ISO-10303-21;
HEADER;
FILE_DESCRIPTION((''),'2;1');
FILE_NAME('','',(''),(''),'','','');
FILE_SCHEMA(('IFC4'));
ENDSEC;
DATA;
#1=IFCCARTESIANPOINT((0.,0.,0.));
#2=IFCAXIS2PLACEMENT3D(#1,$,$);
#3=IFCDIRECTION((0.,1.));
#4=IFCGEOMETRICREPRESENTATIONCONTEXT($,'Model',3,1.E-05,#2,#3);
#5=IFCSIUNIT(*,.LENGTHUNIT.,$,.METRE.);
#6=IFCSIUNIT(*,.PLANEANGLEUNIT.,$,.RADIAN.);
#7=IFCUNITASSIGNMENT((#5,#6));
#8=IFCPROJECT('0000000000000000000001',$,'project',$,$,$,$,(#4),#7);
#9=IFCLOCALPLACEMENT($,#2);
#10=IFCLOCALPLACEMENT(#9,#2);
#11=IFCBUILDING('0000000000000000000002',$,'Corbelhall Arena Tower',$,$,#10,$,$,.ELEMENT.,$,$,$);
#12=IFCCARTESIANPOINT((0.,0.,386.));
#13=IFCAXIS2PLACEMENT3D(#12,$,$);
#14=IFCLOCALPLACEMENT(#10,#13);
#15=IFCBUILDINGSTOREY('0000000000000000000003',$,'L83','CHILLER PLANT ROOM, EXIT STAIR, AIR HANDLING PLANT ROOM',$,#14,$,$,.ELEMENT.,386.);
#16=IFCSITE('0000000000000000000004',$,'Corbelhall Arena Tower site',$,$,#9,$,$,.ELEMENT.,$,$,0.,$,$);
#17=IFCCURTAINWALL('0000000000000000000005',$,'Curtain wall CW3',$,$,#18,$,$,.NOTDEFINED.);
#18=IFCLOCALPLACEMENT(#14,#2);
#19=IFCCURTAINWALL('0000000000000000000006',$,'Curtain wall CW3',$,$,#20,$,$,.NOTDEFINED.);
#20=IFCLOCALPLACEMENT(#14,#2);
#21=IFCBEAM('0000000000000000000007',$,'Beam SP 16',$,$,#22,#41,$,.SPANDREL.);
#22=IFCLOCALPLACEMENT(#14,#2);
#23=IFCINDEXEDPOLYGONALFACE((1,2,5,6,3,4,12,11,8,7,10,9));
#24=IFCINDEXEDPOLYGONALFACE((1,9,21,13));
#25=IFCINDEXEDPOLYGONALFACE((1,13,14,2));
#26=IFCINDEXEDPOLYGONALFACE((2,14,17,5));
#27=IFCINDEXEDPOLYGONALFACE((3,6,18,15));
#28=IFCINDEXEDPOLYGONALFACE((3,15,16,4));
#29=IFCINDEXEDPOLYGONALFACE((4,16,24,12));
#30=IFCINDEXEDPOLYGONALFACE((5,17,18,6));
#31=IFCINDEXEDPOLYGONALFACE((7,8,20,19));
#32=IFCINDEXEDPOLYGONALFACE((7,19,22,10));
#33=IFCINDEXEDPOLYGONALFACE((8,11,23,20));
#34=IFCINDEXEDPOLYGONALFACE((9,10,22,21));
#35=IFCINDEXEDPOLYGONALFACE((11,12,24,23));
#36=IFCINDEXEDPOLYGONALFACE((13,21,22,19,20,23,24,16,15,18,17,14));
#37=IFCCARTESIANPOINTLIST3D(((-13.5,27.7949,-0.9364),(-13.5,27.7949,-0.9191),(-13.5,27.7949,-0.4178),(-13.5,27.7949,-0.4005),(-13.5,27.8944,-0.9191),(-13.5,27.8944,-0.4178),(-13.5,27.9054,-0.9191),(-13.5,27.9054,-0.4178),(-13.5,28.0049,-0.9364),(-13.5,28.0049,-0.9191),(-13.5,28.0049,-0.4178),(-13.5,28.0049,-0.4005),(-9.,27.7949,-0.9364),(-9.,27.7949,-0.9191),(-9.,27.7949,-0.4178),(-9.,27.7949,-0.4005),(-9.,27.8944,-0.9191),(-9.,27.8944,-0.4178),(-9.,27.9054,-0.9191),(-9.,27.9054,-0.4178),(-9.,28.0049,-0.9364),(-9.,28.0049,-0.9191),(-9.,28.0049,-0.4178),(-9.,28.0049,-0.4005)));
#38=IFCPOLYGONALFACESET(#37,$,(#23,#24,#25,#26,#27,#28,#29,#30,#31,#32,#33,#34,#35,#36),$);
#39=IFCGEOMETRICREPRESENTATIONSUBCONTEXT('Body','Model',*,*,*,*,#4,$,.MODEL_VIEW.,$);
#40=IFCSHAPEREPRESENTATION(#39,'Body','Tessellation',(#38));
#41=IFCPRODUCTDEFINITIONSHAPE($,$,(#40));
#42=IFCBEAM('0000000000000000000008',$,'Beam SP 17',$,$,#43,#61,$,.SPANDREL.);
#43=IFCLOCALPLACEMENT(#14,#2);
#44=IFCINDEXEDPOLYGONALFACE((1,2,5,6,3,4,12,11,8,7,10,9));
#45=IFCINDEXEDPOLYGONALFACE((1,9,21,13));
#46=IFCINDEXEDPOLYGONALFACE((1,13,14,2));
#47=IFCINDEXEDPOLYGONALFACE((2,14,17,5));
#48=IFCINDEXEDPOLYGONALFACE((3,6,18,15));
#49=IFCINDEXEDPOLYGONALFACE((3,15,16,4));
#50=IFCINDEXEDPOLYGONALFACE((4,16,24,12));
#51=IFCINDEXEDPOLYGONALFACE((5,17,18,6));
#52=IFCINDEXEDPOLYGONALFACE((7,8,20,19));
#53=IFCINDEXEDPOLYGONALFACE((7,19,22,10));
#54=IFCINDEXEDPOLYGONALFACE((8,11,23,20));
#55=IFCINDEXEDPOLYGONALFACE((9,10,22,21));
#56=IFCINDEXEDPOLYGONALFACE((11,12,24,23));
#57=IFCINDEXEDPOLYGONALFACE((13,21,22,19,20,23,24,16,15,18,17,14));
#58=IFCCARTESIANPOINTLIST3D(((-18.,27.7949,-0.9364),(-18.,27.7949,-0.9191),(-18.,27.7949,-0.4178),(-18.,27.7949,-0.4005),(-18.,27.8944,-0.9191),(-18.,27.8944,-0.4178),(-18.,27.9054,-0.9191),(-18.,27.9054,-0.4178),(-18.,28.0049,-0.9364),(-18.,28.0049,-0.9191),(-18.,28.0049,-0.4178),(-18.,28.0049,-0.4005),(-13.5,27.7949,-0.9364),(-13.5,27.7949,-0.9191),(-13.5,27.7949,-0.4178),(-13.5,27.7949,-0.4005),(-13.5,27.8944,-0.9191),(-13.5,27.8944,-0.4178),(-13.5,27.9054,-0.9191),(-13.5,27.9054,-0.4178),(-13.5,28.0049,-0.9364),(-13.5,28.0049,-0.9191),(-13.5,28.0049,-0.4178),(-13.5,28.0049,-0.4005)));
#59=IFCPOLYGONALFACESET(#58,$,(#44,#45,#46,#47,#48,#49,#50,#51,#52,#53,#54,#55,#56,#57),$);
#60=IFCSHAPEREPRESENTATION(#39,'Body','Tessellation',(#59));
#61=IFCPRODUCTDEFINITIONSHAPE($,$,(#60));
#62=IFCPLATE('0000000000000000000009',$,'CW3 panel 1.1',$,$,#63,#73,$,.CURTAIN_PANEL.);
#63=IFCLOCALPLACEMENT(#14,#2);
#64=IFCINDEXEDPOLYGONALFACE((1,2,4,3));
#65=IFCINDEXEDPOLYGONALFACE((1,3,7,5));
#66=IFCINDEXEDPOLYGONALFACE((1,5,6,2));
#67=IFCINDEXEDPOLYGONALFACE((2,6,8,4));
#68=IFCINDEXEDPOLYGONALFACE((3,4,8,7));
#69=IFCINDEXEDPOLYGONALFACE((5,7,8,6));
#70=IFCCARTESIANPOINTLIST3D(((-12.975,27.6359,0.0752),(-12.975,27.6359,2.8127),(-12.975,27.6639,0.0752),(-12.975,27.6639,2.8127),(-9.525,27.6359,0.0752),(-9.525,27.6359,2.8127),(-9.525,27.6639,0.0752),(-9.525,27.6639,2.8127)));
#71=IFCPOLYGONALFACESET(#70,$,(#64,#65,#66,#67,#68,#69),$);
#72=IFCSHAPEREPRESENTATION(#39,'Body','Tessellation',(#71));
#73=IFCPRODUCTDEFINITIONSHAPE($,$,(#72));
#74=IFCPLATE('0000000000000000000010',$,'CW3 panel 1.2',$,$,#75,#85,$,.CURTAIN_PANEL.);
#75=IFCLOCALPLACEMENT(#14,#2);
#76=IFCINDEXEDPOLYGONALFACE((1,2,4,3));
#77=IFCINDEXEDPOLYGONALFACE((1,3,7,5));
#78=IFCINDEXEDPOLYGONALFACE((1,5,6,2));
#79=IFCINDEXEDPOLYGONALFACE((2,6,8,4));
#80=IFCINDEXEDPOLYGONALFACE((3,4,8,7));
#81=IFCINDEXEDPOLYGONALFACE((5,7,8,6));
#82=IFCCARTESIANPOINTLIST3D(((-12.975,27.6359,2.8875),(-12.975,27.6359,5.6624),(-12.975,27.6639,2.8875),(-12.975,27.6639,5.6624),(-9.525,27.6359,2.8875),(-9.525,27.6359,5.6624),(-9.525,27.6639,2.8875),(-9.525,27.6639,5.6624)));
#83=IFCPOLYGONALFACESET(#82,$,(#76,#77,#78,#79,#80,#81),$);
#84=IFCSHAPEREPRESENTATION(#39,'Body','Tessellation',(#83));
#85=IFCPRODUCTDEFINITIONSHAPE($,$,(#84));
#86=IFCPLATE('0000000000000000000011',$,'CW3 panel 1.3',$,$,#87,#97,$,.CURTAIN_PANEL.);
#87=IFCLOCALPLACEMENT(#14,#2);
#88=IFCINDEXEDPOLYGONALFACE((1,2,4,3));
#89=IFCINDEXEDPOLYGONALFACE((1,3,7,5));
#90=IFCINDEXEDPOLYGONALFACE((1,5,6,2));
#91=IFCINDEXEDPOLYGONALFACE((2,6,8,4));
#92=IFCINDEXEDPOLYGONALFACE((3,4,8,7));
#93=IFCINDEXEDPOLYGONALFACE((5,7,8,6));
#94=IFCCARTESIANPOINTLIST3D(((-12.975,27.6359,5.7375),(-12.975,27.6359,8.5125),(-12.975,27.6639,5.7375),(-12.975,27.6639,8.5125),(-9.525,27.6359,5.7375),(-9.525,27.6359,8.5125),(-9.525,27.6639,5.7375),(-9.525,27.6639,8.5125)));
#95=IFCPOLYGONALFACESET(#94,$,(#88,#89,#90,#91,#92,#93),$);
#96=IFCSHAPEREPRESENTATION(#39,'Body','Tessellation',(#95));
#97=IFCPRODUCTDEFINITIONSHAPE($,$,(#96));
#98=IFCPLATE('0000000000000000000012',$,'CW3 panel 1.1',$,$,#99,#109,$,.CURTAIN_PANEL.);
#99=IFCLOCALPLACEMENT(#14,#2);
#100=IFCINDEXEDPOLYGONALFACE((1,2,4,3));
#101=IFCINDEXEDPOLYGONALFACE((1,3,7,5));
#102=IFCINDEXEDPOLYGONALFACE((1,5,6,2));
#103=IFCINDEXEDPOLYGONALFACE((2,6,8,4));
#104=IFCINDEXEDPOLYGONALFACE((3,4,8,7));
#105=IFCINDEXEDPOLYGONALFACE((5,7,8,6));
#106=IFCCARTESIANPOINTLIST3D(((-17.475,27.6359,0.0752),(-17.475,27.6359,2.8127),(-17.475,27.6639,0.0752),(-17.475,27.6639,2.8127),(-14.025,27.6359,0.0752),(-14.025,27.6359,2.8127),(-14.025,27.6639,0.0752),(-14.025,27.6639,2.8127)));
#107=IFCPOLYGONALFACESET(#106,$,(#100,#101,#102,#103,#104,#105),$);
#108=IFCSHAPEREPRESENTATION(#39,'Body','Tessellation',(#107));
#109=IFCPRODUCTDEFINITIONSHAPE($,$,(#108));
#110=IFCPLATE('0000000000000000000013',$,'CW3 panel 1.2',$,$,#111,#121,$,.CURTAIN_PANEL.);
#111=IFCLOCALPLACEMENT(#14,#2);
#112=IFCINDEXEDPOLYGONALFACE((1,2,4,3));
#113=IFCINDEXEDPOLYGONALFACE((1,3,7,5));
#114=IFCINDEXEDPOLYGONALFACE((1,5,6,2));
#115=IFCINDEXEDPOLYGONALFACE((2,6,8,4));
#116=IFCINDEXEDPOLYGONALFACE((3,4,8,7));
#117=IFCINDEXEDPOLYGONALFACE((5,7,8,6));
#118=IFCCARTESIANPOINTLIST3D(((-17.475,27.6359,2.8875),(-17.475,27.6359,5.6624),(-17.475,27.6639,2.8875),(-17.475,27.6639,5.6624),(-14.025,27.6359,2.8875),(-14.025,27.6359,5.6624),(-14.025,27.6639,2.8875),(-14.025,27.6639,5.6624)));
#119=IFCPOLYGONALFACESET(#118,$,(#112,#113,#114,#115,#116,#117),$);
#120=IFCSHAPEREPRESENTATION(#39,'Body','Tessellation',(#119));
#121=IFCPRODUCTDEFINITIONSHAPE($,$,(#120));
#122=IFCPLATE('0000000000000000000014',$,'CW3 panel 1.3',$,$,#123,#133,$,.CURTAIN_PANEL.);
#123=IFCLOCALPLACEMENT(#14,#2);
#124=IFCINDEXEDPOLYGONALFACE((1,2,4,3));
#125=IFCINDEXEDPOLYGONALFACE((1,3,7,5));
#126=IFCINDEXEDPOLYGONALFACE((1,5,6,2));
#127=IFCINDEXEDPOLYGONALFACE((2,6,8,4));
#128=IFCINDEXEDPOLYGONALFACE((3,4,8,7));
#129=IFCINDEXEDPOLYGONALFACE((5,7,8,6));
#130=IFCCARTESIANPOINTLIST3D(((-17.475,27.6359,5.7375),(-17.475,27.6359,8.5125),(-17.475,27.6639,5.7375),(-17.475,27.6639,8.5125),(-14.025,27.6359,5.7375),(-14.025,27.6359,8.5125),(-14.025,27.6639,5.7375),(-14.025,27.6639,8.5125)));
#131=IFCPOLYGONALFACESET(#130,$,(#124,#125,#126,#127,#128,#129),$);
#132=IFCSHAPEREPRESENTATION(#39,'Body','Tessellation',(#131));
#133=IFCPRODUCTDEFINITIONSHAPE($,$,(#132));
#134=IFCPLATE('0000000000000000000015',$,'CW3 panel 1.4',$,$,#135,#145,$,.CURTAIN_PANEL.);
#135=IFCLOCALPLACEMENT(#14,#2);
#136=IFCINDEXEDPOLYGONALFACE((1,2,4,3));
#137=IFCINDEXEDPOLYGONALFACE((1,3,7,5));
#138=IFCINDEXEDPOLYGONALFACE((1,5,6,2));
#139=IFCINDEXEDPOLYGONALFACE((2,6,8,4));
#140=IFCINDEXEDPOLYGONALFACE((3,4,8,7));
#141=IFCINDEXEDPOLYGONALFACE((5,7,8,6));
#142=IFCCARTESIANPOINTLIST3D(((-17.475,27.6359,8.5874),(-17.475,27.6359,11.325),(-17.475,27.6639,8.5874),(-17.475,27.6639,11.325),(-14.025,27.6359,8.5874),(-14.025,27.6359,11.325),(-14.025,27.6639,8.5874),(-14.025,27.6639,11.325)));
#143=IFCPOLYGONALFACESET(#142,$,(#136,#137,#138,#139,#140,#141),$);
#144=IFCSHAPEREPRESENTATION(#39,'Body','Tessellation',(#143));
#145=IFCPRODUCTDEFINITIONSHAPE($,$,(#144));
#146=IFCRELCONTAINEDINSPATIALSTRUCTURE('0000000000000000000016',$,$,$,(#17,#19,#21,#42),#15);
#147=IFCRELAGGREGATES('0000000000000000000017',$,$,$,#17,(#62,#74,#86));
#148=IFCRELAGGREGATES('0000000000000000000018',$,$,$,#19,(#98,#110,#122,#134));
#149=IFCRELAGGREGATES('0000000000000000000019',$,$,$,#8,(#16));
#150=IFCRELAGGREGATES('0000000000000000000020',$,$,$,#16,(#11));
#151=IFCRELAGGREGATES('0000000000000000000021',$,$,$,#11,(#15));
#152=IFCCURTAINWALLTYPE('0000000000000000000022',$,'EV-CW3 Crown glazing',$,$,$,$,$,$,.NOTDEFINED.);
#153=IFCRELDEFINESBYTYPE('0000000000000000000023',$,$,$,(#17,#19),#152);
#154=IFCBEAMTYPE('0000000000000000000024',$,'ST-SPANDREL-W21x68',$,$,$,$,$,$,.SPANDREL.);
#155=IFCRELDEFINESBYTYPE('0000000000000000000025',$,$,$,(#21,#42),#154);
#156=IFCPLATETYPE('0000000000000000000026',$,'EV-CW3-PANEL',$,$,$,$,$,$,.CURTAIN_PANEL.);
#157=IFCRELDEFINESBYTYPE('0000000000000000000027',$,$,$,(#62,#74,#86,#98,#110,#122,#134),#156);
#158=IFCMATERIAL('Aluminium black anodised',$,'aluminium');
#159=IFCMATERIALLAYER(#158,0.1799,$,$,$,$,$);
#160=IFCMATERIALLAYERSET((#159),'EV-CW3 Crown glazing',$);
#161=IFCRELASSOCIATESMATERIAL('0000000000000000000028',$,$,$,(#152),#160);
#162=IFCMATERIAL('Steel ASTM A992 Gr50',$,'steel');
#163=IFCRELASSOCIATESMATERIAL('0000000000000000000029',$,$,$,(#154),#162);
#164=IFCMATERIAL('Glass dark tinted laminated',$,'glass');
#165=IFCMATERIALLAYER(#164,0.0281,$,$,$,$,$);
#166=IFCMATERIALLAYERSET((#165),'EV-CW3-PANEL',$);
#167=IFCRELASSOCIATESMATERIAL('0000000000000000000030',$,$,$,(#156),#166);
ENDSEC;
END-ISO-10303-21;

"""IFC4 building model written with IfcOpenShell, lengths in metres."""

from ifc_helpers import new_model, si_unit, direction, frame, origin, origin_2d, place, context, subcontext, project, spatial, rectangle, i_section, extrude, material, layer, layer_set, material_profile, profile_set, type_object, element, aggregate, save


model = new_model("IFC4")

# Units and contexts
model_context = context("Model", 3, precision=1e-05, world=origin(), true_north=direction((0.0, 1.0)))
body_context = subcontext(model_context, "Body", "Model", "MODEL_VIEW")
ifc_project = project(units=[si_unit("LENGTHUNIT", "METRE"), si_unit("PLANEANGLEUNIT", "RADIAN")], contexts=[model_context])

# Site, building, storey
site_placement = place(None, origin())
site = spatial("IfcSite", under=ifc_project, at=site_placement, Name="Corbelhall Arena Tower site", CompositionType="ELEMENT", RefElevation=0.0)
building_placement = place(site_placement, origin())
building = spatial("IfcBuilding", under=site, at=building_placement, Name="Corbelhall Arena Tower", CompositionType="ELEMENT")
storey_placement = place(building_placement, frame((0.0, 0.0, 386.0)))
storey = spatial("IfcBuildingStorey", under=building, at=storey_placement, Name="L83", Description="CHILLER PLANT ROOM, EXIT STAIR, AIR HANDLING PLANT ROOM", CompositionType="ELEMENT", Elevation=386.0)

# Curtain wall
ifc_material_1 = material(Name="Aluminium black anodised", Category="aluminium")
ifc_layer_1 = layer(ifc_material_1, 0.1799)
ifc_layer_set_1 = layer_set([ifc_layer_1], Name="EV-CW3 Crown glazing")
curtain_wall_type = type_object("IfcCurtainWallType", Name="EV-CW3 Crown glazing", PredefinedType="NOTDEFINED", material=ifc_layer_set_1)
curtain_wall_1_placement = place(storey_placement, origin())
curtain_wall_1 = element("IfcCurtainWall", 1, at=curtain_wall_1_placement, inside=storey, type_object=curtain_wall_type, Name="Curtain wall CW3", PredefinedType="NOTDEFINED")

# Curtain wall
curtain_wall_2_placement = place(storey_placement, origin())
curtain_wall_2 = element("IfcCurtainWall", 2, at=curtain_wall_2_placement, inside=storey, type_object=curtain_wall_type, Name="Curtain wall CW3", PredefinedType="NOTDEFINED")

# Beams
ifc_material_2 = material(Name="Steel ASTM A992 Gr50", Category="steel")
ifc_material_profile_1 = material_profile(ifc_material_2, i_section(OverallWidth=0.21, OverallDepth=0.5359, WebThickness=0.011, FlangeThickness=0.0173, at=origin_2d()))
ifc_profile_set_1 = profile_set([ifc_material_profile_1], Name="Steel ASTM A992 Gr50")
beam_type = type_object("IfcBeamType", Name="ST-SPANDREL-W21x68", PredefinedType="SPANDREL", material=ifc_profile_set_1)
for number, where, z_axis, x_axis, name in (
    (3, (-13.5, 27.8999, -0.6685), (1.0, 0.0, 0.0), (0.0, 1.0, 0.0), "Beam SP 16"),
    (4, (-18.0, 27.8999, -0.6685), (1.0, 0.0, 0.0), (0.0, 1.0, 0.0), "Beam SP 17"),
):
    element("IfcBeam", number, at=place(storey_placement, frame(where, z_axis=z_axis, x_axis=x_axis)), inside=storey, type_object=beam_type, Name=name, PredefinedType="SPANDREL", context=body_context, shape_type="SweptSolid", body=[
        extrude(i_section(OverallWidth=0.21, OverallDepth=0.5359, WebThickness=0.011, FlangeThickness=0.0173, at=origin_2d()), origin(), (0.0, 0.0, 1.0), 4.5),
    ])

# Plates
ifc_material_3 = material(Name="Glass dark tinted laminated", Category="glass")
ifc_layer_2 = layer(ifc_material_3, 0.0281)
ifc_layer_set_2 = layer_set([ifc_layer_2], Name="EV-CW3-PANEL")
plate_type = type_object("IfcPlateType", Name="EV-CW3-PANEL", PredefinedType="CURTAIN_PANEL", material=ifc_layer_set_2)
plate_1_placement = place(storey_placement, frame((-11.25, 27.6499, 0.0752), z_axis=(0.0, 0.0, 1.0), x_axis=(-1.0, 0.0, 0.0)))
plate_1 = element("IfcPlate", 5, at=plate_1_placement, type_object=plate_type, Name="CW3 panel 1.1", PredefinedType="CURTAIN_PANEL", context=body_context, shape_type="SweptSolid", body=[
    extrude(rectangle(XDim=3.45, YDim=0.0281, at=origin_2d()), origin(), (0.0, 0.0, 1.0), 2.7375),
])
plate_2_placement = place(storey_placement, frame((-11.25, 27.6499, 2.8875), z_axis=(0.0, 0.0, 1.0), x_axis=(-1.0, 0.0, 0.0)))
plate_2 = element("IfcPlate", 6, at=plate_2_placement, type_object=plate_type, Name="CW3 panel 1.2", PredefinedType="CURTAIN_PANEL", context=body_context, shape_type="SweptSolid", body=[
    extrude(rectangle(XDim=3.45, YDim=0.0281, at=origin_2d()), origin(), (0.0, 0.0, 1.0), 2.7749),
])
plate_3_placement = place(storey_placement, frame((-11.25, 27.6499, 5.7375), z_axis=(0.0, 0.0, 1.0), x_axis=(-1.0, 0.0, 0.0)))
plate_3 = element("IfcPlate", 7, at=plate_3_placement, type_object=plate_type, Name="CW3 panel 1.3", PredefinedType="CURTAIN_PANEL", context=body_context, shape_type="SweptSolid", body=[
    extrude(rectangle(XDim=3.45, YDim=0.0281, at=origin_2d()), origin(), (0.0, 0.0, 1.0), 2.7749),
])
aggregate(curtain_wall_1, [plate_1, plate_2, plate_3])
plate_4_placement = place(storey_placement, frame((-15.75, 27.6499, 0.0752), z_axis=(0.0, 0.0, 1.0), x_axis=(-1.0, 0.0, 0.0)))
plate_4 = element("IfcPlate", 8, at=plate_4_placement, type_object=plate_type, Name="CW3 panel 1.1", PredefinedType="CURTAIN_PANEL", context=body_context, shape_type="SweptSolid", body=[
    extrude(rectangle(XDim=3.45, YDim=0.0281, at=origin_2d()), origin(), (0.0, 0.0, 1.0), 2.7375),
])
plate_5_placement = place(storey_placement, frame((-15.75, 27.6499, 2.8875), z_axis=(0.0, 0.0, 1.0), x_axis=(-1.0, 0.0, 0.0)))
plate_5 = element("IfcPlate", 9, at=plate_5_placement, type_object=plate_type, Name="CW3 panel 1.2", PredefinedType="CURTAIN_PANEL", context=body_context, shape_type="SweptSolid", body=[
    extrude(rectangle(XDim=3.45, YDim=0.0281, at=origin_2d()), origin(), (0.0, 0.0, 1.0), 2.7749),
])
plate_6_placement = place(storey_placement, frame((-15.75, 27.6499, 5.7375), z_axis=(0.0, 0.0, 1.0), x_axis=(-1.0, 0.0, 0.0)))
plate_6 = element("IfcPlate", 10, at=plate_6_placement, type_object=plate_type, Name="CW3 panel 1.3", PredefinedType="CURTAIN_PANEL", context=body_context, shape_type="SweptSolid", body=[
    extrude(rectangle(XDim=3.45, YDim=0.0281, at=origin_2d()), origin(), (0.0, 0.0, 1.0), 2.7749),
])
plate_7_placement = place(storey_placement, frame((-15.75, 27.6499, 8.5874), z_axis=(0.0, 0.0, 1.0), x_axis=(-1.0, 0.0, 0.0)))
plate_7 = element("IfcPlate", 11, at=plate_7_placement, type_object=plate_type, Name="CW3 panel 1.4", PredefinedType="CURTAIN_PANEL", context=body_context, shape_type="SweptSolid", body=[
    extrude(rectangle(XDim=3.45, YDim=0.0281, at=origin_2d()), origin(), (0.0, 0.0, 1.0), 2.7375),
])
aggregate(curtain_wall_2, [plate_4, plate_5, plate_6, plate_7])

save(model, "model.ifc")
